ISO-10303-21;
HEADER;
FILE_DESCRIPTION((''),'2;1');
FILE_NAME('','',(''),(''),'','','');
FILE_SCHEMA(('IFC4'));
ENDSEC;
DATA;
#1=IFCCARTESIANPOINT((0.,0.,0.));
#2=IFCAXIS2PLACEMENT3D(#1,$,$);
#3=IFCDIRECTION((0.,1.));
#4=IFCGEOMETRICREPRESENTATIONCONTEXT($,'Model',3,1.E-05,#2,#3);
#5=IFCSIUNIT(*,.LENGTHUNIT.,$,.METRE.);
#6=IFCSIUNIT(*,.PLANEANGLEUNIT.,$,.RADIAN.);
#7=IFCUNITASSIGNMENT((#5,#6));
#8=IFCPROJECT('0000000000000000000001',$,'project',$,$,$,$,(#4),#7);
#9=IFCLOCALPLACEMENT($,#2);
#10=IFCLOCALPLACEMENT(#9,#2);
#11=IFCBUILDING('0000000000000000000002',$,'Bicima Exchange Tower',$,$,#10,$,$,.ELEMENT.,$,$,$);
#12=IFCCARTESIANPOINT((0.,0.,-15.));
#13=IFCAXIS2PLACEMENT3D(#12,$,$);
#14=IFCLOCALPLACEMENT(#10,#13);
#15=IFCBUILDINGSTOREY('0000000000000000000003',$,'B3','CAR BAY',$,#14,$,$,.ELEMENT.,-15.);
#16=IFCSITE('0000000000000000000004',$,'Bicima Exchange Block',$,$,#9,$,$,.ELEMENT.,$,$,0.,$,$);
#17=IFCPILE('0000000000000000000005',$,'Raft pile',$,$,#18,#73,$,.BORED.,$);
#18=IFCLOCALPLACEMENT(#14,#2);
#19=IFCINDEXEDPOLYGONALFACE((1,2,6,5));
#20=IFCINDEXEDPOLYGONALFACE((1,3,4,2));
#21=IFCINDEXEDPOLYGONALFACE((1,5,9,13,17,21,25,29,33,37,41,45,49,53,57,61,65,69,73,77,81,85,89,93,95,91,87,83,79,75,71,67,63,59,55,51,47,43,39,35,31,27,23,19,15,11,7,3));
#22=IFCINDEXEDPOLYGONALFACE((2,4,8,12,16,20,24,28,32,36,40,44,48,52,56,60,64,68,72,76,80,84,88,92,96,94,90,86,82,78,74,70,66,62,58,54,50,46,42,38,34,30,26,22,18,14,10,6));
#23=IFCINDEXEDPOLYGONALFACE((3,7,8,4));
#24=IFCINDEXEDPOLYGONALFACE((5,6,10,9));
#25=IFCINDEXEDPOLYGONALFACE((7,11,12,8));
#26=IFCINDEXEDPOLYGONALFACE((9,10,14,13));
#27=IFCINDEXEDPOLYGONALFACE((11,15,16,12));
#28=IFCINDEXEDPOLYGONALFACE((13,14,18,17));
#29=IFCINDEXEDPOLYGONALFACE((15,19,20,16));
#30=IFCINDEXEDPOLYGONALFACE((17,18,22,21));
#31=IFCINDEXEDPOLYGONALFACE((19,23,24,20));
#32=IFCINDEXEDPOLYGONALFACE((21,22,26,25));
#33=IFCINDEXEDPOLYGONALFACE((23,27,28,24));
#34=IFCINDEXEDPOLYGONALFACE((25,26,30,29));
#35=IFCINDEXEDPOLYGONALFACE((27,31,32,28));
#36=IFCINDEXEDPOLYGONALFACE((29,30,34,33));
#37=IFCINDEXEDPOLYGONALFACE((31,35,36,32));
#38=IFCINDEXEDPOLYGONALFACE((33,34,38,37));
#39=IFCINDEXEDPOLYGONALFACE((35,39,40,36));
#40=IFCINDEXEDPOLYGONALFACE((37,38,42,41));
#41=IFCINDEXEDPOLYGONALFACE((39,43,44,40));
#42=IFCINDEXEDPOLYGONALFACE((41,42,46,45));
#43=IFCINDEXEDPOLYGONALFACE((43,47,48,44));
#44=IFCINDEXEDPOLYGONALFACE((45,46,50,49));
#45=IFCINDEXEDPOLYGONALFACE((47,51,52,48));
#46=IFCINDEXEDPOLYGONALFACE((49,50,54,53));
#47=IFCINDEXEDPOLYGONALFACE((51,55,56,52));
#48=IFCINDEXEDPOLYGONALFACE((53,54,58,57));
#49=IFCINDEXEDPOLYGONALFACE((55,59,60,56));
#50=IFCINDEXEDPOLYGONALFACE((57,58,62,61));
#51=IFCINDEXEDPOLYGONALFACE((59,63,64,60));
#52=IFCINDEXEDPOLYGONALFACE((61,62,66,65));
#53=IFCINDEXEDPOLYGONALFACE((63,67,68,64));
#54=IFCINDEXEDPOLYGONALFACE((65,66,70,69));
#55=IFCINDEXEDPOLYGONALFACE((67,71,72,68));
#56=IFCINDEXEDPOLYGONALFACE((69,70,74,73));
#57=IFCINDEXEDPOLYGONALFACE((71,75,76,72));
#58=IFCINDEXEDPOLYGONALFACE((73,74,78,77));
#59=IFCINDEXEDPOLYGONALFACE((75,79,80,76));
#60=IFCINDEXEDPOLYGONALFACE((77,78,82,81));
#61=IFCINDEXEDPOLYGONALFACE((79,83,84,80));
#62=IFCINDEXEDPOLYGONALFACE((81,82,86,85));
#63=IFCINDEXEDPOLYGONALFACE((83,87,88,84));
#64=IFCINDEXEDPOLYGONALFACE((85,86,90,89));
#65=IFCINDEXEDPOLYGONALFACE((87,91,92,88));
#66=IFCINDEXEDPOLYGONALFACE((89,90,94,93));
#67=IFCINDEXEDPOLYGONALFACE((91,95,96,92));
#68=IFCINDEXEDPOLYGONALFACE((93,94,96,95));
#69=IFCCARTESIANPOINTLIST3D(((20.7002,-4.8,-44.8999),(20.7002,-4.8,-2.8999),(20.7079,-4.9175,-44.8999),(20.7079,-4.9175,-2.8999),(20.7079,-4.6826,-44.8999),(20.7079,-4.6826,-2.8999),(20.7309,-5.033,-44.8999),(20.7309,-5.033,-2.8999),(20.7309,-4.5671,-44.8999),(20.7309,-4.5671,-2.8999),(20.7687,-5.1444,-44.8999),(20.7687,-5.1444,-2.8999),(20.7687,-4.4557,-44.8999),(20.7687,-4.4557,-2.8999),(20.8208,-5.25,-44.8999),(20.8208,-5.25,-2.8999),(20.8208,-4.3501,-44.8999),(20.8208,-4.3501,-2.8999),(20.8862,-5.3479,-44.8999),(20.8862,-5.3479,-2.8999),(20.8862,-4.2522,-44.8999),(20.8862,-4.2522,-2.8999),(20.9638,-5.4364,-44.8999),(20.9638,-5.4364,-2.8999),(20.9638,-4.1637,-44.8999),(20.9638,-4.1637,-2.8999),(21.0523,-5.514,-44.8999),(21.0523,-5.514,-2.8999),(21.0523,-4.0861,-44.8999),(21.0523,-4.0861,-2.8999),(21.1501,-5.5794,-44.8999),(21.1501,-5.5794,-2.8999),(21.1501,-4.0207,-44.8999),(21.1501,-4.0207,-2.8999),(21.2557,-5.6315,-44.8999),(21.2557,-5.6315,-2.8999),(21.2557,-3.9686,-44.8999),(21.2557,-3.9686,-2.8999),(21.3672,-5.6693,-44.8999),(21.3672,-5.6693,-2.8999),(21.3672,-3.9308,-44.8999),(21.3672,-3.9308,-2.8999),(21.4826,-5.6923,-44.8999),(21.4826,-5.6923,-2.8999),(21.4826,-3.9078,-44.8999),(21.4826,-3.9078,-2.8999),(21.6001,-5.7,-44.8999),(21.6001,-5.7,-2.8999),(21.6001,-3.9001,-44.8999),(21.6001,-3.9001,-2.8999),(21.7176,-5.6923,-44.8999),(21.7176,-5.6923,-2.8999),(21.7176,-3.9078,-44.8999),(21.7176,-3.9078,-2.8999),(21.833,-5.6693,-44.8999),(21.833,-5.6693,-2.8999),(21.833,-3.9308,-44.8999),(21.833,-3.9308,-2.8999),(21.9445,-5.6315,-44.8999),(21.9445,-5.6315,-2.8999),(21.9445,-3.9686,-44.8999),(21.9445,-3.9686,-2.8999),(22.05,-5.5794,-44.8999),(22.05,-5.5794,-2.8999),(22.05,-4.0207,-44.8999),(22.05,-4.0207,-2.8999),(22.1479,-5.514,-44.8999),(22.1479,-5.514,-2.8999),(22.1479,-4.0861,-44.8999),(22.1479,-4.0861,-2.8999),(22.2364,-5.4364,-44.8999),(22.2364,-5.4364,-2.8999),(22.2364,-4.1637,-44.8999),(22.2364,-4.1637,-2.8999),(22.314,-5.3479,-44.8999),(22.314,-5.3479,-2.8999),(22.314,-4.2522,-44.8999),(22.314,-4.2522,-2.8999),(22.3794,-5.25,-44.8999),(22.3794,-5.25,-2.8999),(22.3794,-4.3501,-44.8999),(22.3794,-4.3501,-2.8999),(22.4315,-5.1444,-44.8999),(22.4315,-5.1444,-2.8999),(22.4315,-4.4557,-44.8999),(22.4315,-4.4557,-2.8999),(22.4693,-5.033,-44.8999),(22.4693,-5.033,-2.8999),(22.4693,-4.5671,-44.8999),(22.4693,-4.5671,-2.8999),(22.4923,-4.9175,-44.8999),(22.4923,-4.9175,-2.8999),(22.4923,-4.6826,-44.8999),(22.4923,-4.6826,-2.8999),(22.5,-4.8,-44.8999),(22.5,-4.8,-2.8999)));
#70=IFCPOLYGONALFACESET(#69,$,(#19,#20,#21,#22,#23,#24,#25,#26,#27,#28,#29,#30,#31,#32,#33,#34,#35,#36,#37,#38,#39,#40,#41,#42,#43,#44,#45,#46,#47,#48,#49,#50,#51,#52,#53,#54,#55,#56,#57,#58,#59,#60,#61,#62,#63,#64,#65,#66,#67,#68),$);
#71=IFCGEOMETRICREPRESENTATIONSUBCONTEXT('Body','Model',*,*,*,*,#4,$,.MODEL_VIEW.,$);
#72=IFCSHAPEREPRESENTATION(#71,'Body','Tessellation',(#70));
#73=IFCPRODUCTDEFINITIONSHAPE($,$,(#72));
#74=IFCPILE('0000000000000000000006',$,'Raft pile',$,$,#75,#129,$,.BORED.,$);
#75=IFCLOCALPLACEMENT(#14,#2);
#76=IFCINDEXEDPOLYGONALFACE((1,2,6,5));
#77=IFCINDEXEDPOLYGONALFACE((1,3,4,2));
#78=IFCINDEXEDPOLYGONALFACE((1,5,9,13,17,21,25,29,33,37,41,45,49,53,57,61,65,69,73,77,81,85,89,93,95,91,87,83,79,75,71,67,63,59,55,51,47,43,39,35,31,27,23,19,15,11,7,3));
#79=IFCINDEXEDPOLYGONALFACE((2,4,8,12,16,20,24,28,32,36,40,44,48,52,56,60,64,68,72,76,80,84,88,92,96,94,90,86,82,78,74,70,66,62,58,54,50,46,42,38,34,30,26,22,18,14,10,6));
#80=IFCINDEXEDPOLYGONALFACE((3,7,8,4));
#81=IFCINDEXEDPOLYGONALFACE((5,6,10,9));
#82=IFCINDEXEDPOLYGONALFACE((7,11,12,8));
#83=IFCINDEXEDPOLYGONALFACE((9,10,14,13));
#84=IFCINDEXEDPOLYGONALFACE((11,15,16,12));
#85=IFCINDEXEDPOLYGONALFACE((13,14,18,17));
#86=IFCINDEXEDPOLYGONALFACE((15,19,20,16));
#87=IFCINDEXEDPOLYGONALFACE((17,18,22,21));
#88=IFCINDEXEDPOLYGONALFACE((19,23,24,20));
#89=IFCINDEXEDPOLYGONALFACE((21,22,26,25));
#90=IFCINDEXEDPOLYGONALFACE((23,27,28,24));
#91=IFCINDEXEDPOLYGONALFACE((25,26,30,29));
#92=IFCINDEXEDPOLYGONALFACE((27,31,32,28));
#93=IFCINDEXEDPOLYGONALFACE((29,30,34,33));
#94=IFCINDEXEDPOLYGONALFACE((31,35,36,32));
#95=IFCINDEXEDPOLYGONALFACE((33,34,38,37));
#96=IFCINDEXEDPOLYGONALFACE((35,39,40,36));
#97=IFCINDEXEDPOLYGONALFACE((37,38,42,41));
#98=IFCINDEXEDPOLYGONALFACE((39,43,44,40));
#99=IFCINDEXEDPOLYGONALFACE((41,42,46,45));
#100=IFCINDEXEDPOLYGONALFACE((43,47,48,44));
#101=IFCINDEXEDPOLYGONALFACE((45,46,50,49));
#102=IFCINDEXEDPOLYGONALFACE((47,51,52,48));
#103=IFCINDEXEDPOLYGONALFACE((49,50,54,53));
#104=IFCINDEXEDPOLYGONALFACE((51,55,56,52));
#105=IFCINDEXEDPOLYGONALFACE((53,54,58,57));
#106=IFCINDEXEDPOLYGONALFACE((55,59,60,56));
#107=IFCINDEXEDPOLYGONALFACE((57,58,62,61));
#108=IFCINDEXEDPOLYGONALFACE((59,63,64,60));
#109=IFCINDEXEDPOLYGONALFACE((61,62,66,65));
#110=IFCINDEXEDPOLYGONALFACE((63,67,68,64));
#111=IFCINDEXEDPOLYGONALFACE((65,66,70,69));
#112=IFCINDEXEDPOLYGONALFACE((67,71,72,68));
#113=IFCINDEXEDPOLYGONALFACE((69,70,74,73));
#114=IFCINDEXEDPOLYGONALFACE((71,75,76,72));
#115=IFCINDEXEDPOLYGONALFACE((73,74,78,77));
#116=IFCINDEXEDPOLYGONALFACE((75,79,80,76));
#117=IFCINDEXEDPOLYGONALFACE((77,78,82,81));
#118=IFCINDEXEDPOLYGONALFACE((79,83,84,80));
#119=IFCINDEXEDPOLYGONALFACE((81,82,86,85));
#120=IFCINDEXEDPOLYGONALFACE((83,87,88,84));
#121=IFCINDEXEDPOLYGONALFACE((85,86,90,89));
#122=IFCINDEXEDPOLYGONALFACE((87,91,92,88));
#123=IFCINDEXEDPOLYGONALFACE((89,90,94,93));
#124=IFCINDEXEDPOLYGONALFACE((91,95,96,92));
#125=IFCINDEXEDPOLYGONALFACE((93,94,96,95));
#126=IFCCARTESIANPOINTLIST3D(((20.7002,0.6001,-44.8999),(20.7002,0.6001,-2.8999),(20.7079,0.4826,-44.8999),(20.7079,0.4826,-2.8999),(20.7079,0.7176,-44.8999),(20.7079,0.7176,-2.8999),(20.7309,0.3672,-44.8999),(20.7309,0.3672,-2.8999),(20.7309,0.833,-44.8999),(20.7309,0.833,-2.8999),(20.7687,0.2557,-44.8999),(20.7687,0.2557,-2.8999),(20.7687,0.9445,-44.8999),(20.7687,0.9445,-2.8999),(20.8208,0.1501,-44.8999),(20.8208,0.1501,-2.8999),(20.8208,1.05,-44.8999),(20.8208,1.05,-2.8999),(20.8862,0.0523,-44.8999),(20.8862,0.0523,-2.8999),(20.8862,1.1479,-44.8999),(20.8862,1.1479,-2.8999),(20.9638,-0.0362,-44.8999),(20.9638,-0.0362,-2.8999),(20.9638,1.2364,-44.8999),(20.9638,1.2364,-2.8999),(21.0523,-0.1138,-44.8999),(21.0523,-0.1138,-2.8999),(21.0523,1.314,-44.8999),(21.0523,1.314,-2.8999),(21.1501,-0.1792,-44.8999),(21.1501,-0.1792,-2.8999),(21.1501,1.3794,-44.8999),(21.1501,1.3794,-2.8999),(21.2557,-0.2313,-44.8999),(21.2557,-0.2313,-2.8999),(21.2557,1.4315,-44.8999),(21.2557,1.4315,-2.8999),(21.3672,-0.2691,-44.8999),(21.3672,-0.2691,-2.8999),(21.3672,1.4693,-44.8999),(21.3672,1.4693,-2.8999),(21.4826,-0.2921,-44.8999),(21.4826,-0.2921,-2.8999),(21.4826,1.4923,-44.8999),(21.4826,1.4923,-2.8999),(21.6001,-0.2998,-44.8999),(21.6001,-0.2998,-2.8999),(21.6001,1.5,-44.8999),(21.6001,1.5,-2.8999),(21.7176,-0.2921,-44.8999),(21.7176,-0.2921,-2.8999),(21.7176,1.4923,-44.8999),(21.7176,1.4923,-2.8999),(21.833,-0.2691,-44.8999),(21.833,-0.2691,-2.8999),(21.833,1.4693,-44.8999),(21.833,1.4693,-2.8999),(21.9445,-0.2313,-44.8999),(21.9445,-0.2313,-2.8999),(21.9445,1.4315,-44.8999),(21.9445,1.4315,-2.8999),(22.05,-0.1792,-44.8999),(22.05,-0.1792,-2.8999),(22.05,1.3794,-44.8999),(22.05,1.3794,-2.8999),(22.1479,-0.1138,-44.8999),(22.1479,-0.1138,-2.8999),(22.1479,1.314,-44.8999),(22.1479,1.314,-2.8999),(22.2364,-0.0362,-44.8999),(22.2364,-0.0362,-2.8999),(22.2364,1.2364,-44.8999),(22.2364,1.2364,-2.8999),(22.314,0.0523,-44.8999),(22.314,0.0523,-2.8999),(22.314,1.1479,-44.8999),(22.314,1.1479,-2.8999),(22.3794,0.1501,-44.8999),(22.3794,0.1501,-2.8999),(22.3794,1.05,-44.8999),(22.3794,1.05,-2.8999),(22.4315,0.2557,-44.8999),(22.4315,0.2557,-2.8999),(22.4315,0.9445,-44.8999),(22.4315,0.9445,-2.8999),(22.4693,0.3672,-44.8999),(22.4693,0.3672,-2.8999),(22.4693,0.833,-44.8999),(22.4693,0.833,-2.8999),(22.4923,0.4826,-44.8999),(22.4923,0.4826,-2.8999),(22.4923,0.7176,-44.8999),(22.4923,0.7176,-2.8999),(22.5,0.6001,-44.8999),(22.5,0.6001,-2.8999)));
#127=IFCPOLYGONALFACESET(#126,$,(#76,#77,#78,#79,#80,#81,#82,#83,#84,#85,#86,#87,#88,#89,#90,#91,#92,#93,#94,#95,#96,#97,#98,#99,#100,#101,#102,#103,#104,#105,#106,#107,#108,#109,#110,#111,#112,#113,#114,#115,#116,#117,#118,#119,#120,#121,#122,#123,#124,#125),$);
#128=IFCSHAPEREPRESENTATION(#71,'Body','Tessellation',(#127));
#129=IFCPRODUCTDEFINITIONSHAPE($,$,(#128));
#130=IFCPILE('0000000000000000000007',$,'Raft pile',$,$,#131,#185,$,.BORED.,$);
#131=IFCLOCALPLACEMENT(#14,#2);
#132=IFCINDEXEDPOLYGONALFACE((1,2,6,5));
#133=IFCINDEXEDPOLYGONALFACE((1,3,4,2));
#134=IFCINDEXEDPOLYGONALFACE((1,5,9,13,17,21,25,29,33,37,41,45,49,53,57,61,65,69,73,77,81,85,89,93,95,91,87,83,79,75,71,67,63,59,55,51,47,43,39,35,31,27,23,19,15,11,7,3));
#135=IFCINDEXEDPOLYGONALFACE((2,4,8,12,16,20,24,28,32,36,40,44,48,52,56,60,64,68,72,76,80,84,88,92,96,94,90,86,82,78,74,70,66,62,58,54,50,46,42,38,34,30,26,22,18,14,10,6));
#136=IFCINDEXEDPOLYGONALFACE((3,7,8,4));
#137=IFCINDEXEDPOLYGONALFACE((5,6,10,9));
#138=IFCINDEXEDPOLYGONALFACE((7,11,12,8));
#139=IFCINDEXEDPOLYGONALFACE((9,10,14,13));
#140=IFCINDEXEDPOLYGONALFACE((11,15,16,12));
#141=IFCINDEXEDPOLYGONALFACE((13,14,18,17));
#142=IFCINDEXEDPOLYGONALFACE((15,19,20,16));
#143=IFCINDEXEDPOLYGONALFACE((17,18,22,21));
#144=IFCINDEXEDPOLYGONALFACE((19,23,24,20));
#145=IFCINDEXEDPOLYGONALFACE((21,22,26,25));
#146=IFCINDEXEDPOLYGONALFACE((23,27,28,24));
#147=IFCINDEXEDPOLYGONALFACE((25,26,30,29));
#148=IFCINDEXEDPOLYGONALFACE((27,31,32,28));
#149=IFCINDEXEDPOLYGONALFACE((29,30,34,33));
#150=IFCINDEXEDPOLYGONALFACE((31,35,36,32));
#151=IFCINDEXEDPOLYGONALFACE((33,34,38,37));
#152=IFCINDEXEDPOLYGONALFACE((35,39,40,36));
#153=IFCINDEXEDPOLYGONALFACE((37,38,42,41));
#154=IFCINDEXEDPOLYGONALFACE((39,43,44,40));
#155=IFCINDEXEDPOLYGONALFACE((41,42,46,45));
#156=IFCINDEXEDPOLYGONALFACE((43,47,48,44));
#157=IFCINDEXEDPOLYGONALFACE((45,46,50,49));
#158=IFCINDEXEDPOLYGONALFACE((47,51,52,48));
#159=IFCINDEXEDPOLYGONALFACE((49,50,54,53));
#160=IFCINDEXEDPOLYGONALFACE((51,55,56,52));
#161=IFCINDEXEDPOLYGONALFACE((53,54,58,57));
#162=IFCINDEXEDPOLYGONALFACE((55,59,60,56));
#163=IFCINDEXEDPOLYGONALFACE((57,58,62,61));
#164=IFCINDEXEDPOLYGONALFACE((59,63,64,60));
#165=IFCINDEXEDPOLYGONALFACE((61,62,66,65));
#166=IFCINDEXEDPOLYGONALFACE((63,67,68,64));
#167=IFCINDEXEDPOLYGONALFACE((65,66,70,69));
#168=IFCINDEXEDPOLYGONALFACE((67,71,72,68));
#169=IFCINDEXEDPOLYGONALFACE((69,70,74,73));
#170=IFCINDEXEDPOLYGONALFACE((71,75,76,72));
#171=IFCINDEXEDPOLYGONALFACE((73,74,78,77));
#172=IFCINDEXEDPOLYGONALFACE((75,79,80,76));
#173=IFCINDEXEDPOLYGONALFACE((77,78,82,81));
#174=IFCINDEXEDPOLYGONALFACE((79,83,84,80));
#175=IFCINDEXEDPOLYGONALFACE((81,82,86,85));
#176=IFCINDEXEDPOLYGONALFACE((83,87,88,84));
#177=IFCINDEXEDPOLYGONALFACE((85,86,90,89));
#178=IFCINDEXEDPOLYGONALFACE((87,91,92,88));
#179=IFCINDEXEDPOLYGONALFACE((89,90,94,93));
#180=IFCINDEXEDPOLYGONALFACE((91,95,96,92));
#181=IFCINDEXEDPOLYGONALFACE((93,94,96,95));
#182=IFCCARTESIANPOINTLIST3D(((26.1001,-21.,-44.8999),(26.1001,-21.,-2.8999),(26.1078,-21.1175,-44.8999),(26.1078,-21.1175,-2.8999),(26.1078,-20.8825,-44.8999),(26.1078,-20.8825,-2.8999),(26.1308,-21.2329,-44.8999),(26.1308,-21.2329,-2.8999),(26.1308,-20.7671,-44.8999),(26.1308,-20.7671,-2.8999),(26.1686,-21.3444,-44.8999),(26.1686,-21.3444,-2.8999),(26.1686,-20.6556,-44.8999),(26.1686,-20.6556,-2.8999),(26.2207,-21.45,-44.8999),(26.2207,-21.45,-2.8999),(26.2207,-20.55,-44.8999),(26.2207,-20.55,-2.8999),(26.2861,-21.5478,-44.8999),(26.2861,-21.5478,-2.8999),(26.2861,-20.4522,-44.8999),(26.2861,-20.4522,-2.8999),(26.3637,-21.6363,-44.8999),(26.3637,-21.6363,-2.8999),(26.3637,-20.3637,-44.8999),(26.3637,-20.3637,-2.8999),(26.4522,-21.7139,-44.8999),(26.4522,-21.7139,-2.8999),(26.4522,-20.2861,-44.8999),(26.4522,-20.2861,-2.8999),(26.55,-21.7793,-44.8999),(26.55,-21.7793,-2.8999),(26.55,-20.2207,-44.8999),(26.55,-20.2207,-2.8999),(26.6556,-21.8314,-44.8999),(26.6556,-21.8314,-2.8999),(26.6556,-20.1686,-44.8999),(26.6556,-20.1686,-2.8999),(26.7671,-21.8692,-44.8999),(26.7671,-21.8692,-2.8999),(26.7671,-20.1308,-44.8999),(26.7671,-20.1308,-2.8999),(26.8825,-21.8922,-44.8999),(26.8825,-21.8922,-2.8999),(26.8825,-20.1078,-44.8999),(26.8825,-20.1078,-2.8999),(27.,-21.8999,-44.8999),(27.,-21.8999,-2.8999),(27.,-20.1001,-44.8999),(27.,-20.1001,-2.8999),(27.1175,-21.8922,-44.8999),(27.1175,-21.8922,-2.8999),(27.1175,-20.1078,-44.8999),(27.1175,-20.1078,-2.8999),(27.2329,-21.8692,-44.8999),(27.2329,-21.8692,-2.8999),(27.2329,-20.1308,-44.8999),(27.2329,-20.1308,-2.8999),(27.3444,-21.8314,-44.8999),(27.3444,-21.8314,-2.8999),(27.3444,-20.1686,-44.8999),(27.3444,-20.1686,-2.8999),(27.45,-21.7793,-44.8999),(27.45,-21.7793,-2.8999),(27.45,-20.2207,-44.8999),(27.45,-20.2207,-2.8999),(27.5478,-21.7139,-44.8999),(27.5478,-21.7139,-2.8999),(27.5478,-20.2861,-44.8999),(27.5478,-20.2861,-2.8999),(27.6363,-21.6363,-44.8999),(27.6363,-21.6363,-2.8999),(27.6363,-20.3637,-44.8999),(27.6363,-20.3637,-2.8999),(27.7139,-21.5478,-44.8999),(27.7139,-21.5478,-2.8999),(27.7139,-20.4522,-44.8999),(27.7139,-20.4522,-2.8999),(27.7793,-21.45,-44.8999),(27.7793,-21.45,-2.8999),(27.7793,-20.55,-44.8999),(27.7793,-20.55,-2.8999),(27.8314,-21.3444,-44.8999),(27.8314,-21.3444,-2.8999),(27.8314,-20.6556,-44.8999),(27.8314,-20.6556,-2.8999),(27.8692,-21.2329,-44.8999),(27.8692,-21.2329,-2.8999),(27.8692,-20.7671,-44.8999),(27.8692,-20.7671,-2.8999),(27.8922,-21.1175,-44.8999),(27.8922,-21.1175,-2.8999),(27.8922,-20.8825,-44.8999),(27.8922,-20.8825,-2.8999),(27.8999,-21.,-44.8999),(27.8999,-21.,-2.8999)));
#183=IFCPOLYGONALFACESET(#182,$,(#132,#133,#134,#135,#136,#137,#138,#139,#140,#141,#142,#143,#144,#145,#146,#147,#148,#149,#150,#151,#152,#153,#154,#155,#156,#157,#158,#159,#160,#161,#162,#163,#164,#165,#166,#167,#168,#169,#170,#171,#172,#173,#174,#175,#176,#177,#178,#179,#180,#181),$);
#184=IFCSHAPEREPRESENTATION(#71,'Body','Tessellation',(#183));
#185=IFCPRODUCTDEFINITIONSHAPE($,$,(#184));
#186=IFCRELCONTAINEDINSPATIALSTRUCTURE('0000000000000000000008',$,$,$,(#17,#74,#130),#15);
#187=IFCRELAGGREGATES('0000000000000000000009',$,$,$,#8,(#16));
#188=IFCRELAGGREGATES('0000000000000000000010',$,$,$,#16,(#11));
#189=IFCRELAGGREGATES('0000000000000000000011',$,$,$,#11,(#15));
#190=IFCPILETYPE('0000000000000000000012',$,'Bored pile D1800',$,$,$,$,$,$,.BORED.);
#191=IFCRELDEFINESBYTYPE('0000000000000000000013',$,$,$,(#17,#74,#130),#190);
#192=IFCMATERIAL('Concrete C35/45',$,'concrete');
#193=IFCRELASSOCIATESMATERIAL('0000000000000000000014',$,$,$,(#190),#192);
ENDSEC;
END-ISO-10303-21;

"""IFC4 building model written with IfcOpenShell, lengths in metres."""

from ifc_helpers import new_model, si_unit, direction, frame, origin, origin_2d, place, context, subcontext, project, spatial, circle, extrude, material, material_profile, profile_set, type_object, element, save


model = new_model("IFC4")

# Units and contexts
model_context = context("Model", 3, precision=1e-05, world=origin(), true_north=direction((0.0, 1.0)))
body_context = subcontext(model_context, "Body", "Model", "MODEL_VIEW")
ifc_project = project(units=[si_unit("LENGTHUNIT", "METRE"), si_unit("PLANEANGLEUNIT", "RADIAN")], contexts=[model_context])

# Site, building, storey
site_placement = place(None, origin())
site = spatial("IfcSite", under=ifc_project, at=site_placement, Name="Bicima Exchange Block", CompositionType="ELEMENT", RefElevation=0.0)
building_placement = place(site_placement, origin())
building = spatial("IfcBuilding", under=site, at=building_placement, Name="Bicima Exchange Tower", CompositionType="ELEMENT")
storey_placement = place(building_placement, frame((0.0, 0.0, -15.0)))
storey = spatial("IfcBuildingStorey", under=building, at=storey_placement, Name="B3", Description="CAR BAY", CompositionType="ELEMENT", Elevation=-15.0)

# Piles
ifc_material_1 = material(Name="Concrete C35/45", Category="concrete")
ifc_material_profile_1 = material_profile(ifc_material_1, circle(Radius=0.8999, at=origin_2d()))
ifc_profile_set_1 = profile_set([ifc_material_profile_1], Name="Concrete C35/45")
pile_type = type_object("IfcPileType", Name="Bored pile D1800", PredefinedType="BORED", material=ifc_profile_set_1)
for number, where, z_axis, x_axis, name in (
    (1, (21.6001, -4.8, -2.8999), (0.0, 0.0, -1.0), (1.0, 0.0, 0.0), "Raft pile"),
    (2, (21.6001, 0.6001, -2.8999), (0.0, 0.0, -1.0), (1.0, 0.0, 0.0), "Raft pile"),
    (3, (27.0, -21.0, -2.8999), (0.0, 0.0, -1.0), (1.0, 0.0, 0.0), "Raft pile"),
):
    element("IfcPile", number, at=place(storey_placement, frame(where, z_axis=z_axis, x_axis=x_axis)), inside=storey, type_object=pile_type, Name=name, PredefinedType="BORED", context=body_context, shape_type="SweptSolid", body=[
        extrude(circle(Radius=0.8999, at=origin_2d()), origin(), (0.0, 0.0, 1.0), 42.0),
    ])

save(model, "model.ifc")
